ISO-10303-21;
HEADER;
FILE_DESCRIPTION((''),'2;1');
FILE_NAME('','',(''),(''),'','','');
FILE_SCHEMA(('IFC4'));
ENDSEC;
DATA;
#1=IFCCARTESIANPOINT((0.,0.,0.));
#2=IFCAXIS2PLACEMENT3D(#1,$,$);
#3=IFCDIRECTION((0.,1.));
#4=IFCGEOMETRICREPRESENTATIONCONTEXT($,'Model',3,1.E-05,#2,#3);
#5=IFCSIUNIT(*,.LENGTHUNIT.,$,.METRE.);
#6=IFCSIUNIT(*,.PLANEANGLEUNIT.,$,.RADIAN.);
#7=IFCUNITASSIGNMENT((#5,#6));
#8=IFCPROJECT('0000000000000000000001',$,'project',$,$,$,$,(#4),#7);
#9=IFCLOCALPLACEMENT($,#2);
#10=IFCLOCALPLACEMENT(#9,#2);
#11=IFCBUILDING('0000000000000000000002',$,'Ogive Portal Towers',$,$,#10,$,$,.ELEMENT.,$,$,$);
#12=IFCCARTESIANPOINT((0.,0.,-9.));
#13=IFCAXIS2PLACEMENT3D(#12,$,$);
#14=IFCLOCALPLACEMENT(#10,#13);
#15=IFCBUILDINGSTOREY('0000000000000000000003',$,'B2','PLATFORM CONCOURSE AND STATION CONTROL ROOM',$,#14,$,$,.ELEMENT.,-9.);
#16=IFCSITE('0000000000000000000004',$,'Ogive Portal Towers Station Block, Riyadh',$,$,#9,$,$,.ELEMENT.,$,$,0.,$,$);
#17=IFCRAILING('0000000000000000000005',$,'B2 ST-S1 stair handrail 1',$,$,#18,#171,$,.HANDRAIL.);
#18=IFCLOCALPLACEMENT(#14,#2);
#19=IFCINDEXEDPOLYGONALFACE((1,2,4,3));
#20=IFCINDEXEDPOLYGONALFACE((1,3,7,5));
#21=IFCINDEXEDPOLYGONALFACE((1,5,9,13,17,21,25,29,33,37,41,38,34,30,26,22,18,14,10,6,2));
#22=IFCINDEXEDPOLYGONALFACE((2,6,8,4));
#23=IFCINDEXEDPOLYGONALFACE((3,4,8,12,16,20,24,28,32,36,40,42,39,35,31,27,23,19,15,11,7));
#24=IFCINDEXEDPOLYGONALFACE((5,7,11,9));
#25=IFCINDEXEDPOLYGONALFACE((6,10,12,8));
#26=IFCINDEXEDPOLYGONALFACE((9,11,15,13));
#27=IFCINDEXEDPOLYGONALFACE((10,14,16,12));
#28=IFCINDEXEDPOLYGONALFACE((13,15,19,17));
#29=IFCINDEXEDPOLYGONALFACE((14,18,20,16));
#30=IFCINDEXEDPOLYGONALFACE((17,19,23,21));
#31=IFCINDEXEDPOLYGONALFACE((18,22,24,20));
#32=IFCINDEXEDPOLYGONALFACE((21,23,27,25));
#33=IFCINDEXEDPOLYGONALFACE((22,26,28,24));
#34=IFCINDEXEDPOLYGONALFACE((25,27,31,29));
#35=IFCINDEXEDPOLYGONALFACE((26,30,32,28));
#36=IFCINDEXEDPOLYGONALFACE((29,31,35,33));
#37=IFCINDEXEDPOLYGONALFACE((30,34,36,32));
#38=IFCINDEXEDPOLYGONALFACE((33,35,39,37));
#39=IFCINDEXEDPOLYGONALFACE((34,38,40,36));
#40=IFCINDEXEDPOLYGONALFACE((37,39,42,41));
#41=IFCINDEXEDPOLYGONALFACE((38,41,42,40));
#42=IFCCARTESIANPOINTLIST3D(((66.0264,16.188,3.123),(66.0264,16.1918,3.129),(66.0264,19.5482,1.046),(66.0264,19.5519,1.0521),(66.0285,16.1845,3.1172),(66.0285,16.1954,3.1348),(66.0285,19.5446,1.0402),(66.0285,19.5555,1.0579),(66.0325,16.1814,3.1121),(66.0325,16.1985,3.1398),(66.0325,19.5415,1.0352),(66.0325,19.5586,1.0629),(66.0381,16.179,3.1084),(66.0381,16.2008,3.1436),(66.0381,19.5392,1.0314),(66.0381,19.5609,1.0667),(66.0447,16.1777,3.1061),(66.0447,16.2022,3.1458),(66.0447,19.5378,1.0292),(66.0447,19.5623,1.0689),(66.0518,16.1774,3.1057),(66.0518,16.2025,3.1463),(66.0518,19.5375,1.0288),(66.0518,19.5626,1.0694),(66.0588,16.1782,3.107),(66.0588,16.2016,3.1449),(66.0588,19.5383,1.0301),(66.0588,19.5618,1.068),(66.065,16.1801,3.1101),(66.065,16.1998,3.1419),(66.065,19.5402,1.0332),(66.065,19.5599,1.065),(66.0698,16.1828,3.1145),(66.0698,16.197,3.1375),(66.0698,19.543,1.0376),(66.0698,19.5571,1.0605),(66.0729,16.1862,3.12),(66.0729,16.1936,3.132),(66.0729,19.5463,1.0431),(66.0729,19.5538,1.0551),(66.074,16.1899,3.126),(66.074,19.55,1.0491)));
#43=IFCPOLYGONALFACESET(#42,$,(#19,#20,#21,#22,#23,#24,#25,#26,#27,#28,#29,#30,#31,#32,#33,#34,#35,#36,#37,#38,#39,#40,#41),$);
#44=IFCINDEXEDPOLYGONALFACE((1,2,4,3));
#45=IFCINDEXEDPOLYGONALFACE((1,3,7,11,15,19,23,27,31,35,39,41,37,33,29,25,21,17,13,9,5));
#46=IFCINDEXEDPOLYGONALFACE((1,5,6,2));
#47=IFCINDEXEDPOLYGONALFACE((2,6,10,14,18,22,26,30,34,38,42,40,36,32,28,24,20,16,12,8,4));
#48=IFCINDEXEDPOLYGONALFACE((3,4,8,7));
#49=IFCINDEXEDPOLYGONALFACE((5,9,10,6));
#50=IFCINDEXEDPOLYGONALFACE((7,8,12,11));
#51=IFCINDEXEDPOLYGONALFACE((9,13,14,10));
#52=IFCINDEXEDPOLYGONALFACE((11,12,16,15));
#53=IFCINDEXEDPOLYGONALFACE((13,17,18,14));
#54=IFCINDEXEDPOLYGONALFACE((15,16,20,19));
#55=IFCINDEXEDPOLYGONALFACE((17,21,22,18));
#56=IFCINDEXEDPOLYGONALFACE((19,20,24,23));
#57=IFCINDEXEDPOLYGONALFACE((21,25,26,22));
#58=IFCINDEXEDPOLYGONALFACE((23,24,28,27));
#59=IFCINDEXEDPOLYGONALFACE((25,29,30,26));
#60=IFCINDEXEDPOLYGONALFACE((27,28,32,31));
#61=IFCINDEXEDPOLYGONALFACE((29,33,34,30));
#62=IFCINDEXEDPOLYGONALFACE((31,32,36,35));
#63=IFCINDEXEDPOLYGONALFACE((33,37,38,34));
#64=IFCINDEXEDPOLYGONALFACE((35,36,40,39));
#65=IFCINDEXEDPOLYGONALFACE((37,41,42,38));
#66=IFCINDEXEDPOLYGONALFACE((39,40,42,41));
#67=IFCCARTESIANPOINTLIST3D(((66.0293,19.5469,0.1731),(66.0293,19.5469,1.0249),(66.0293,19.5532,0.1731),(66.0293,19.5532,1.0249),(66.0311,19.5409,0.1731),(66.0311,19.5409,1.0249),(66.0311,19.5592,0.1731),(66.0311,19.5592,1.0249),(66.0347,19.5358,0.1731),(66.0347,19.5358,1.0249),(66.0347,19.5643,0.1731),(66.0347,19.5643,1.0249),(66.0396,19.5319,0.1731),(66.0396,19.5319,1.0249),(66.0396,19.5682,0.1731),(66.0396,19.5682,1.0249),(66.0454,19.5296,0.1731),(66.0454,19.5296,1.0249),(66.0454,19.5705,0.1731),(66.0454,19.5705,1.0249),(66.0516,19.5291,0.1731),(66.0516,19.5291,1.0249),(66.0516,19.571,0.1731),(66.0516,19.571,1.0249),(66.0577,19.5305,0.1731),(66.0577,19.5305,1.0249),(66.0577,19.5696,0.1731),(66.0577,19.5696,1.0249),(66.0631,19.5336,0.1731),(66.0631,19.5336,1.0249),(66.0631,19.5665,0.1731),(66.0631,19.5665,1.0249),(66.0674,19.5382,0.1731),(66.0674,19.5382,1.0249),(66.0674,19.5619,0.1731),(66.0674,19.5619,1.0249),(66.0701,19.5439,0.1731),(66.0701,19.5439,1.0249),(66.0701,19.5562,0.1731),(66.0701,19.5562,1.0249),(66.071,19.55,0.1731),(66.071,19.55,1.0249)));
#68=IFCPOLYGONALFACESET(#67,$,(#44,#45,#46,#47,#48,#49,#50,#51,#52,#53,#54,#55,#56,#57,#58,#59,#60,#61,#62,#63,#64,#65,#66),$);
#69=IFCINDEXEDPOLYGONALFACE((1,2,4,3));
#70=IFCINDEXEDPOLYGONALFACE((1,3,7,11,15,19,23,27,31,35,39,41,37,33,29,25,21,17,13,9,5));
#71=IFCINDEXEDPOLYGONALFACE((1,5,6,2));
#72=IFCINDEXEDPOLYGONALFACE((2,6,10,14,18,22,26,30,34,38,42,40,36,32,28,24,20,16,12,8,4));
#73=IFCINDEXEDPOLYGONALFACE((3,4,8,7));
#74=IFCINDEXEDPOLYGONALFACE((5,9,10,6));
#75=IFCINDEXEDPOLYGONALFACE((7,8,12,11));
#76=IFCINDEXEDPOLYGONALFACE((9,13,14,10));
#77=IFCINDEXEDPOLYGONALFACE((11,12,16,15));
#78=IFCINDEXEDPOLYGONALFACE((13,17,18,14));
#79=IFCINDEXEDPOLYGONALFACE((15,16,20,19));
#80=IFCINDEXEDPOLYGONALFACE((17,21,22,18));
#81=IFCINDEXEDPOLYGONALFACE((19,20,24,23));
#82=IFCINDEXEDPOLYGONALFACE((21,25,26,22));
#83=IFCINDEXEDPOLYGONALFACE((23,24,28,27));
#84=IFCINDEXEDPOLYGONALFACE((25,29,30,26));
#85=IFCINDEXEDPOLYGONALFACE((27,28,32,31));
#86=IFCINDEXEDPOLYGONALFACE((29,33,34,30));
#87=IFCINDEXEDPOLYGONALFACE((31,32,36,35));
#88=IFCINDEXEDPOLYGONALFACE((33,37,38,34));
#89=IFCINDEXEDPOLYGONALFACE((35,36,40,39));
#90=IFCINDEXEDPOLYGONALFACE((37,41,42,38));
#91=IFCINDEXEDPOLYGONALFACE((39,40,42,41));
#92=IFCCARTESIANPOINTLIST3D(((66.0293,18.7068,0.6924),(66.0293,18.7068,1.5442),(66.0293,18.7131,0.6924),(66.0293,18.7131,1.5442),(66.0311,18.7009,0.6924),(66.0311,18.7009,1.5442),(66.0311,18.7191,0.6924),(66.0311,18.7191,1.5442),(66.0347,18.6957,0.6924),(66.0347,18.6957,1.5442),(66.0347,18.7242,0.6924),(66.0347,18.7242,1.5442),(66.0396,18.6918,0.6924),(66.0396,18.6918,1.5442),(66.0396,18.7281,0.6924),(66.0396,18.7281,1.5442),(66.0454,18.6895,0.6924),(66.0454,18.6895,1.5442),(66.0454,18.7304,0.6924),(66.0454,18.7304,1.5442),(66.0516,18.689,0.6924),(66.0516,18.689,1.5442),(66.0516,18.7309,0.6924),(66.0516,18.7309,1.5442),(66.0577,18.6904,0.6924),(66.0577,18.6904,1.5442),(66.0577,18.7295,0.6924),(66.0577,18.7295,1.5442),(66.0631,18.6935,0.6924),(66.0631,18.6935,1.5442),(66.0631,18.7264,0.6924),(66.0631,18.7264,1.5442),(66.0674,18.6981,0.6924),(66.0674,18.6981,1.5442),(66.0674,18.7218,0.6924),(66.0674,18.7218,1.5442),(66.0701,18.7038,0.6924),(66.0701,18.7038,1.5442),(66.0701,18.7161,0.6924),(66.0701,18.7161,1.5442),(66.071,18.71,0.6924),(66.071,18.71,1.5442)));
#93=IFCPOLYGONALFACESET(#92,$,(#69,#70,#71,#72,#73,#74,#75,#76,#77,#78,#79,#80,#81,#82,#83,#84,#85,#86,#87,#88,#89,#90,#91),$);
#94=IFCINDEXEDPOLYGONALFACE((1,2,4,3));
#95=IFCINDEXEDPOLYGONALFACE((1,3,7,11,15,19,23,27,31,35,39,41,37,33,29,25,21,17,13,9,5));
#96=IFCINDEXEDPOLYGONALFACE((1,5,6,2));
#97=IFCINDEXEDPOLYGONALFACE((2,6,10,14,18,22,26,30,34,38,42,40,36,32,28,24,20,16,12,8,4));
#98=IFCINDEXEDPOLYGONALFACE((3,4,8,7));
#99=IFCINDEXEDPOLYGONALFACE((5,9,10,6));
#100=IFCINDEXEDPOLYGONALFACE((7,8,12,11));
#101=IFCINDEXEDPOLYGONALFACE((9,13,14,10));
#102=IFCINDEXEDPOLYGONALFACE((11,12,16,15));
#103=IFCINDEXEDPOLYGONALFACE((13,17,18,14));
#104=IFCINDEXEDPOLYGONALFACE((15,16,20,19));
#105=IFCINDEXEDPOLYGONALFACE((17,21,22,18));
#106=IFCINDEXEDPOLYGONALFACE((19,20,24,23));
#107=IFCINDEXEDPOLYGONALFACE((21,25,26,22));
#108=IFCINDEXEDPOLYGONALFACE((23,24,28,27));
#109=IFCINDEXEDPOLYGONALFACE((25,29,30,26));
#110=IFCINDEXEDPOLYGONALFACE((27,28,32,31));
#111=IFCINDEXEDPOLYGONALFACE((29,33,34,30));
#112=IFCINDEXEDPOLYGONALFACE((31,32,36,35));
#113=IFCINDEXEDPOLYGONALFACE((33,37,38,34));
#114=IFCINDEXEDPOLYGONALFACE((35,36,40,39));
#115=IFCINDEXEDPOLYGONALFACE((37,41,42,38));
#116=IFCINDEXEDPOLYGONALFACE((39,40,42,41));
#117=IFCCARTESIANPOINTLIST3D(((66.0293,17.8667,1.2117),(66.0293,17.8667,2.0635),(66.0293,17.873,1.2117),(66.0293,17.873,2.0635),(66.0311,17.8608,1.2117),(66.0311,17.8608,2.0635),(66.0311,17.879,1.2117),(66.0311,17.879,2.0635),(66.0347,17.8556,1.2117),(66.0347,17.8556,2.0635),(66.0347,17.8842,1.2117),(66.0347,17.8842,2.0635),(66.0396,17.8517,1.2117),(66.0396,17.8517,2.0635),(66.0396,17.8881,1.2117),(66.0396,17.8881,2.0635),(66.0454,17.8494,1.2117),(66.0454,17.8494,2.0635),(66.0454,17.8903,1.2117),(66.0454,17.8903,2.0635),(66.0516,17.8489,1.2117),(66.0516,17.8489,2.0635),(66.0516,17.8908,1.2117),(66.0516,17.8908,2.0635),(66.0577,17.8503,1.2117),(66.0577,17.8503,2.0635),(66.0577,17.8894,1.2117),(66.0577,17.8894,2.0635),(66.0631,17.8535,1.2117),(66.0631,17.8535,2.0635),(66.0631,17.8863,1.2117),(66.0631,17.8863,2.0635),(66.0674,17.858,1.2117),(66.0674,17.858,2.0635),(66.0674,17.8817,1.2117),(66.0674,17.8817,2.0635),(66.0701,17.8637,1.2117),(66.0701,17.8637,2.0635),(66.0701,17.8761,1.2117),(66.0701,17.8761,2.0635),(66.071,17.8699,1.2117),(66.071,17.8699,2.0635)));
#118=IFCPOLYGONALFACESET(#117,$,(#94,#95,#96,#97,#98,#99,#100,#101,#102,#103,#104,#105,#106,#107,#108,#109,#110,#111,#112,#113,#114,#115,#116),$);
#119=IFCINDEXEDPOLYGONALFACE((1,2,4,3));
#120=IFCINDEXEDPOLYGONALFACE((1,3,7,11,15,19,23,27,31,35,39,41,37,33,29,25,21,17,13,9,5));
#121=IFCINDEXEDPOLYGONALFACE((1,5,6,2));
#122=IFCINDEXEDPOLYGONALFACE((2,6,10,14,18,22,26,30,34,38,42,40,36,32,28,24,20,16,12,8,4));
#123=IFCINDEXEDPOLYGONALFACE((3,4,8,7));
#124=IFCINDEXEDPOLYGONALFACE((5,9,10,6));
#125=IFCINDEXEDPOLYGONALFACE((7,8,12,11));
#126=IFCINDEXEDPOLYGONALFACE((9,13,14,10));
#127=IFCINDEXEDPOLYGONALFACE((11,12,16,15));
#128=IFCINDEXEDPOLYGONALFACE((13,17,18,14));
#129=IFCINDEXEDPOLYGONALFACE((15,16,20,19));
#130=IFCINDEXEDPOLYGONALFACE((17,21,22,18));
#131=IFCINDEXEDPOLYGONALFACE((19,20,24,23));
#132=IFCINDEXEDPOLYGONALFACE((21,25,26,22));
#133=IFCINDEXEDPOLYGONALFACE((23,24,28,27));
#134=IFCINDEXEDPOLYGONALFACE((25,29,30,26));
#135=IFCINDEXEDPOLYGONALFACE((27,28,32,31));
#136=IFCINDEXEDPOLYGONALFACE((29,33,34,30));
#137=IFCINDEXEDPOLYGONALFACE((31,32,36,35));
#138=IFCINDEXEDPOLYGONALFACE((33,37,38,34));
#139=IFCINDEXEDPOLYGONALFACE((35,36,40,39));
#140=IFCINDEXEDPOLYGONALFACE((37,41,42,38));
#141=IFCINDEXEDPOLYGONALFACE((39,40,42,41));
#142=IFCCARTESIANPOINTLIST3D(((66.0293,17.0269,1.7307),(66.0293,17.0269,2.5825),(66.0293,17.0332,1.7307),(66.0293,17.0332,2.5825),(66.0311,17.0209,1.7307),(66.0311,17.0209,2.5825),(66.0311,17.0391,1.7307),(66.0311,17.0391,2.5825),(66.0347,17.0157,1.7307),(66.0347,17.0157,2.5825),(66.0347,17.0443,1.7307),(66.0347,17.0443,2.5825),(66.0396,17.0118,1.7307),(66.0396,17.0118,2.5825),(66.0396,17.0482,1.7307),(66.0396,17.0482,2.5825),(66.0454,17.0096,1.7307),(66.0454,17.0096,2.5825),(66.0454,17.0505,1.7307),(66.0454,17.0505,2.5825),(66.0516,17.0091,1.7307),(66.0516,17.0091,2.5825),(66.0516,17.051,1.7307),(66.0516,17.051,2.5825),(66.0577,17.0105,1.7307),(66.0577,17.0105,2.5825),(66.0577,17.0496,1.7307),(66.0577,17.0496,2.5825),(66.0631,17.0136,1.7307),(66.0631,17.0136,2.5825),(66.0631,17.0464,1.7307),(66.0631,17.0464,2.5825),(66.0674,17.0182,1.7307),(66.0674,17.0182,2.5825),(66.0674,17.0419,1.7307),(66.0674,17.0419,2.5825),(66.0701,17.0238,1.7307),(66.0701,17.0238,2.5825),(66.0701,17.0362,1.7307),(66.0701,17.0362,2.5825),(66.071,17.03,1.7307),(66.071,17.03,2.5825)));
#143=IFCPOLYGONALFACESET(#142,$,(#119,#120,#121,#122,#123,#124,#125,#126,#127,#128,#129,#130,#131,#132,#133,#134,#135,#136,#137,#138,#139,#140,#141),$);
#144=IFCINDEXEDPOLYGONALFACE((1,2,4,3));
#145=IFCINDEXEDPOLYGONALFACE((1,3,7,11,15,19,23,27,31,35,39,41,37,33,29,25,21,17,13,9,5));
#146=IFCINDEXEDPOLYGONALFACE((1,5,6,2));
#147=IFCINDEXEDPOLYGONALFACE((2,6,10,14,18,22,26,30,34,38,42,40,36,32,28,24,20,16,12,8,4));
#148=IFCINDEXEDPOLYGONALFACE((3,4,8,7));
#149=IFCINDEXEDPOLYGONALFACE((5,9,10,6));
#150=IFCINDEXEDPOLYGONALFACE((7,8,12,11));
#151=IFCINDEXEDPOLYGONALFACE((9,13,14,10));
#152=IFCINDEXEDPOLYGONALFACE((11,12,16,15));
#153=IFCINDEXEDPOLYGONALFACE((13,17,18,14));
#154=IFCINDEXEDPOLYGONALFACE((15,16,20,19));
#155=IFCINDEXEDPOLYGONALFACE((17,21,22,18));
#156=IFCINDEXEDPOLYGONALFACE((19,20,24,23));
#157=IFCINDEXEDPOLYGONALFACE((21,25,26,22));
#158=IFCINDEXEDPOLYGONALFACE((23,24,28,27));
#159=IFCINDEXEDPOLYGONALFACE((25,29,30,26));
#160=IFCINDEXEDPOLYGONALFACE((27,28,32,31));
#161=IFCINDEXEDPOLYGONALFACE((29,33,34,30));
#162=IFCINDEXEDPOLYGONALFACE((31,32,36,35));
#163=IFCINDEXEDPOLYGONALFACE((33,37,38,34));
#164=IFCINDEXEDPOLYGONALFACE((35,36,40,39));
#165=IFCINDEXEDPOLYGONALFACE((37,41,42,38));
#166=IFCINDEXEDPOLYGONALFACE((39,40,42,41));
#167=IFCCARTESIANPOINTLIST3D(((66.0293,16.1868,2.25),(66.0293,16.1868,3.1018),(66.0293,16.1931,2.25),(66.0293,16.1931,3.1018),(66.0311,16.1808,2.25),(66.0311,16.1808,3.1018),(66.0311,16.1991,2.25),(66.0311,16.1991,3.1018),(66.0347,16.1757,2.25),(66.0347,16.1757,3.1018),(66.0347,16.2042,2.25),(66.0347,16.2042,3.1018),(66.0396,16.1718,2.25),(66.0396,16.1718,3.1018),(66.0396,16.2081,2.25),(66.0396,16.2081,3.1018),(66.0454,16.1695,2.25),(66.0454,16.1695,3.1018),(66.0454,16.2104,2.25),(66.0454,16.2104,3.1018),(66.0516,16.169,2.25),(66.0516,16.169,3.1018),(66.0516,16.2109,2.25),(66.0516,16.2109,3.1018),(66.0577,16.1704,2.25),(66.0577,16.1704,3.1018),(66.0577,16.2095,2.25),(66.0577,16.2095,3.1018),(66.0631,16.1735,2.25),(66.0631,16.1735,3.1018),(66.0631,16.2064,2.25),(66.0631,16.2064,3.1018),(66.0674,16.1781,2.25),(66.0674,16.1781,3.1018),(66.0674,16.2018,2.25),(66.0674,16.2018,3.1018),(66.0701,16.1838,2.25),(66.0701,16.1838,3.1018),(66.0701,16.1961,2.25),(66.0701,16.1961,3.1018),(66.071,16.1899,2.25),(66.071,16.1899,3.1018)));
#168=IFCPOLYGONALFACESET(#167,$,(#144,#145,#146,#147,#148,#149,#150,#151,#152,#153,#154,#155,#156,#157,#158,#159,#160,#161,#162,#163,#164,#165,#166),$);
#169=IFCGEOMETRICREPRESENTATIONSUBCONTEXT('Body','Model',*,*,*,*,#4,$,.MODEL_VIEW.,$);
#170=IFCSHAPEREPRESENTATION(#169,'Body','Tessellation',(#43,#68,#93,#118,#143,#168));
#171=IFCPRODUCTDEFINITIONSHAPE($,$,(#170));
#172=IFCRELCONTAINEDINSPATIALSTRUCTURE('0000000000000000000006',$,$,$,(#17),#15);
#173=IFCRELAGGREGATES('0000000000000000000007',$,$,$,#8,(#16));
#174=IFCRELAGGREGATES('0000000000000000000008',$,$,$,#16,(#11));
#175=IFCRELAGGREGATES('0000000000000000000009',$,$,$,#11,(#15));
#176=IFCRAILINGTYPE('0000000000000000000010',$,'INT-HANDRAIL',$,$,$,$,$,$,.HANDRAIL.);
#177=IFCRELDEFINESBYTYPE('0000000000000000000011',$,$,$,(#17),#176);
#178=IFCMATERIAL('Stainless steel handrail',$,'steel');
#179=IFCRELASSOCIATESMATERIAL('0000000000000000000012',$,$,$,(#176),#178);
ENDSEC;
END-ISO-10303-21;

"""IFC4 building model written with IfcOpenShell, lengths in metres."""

from ifc_helpers import new_model, si_unit, direction, frame, origin, origin_2d, place, context, subcontext, project, spatial, circle, extrude, material, type_object, element, save


model = new_model("IFC4")

# Units and contexts
model_context = context("Model", 3, precision=1e-05, world=origin(), true_north=direction((0.0, 1.0)))
body_context = subcontext(model_context, "Body", "Model", "MODEL_VIEW")
ifc_project = project(units=[si_unit("LENGTHUNIT", "METRE"), si_unit("PLANEANGLEUNIT", "RADIAN")], contexts=[model_context])

# Site, building, storey
site_placement = place(None, origin())
site = spatial("IfcSite", under=ifc_project, at=site_placement, Name="Ogive Portal Towers Station Block, Riyadh", CompositionType="ELEMENT", RefElevation=0.0)
building_placement = place(site_placement, origin())
building = spatial("IfcBuilding", under=site, at=building_placement, Name="Ogive Portal Towers", CompositionType="ELEMENT")
storey_placement = place(building_placement, frame((0.0, 0.0, -9.0)))
storey = spatial("IfcBuildingStorey", under=building, at=storey_placement, Name="B2", Description="PLATFORM CONCOURSE AND STATION CONTROL ROOM", CompositionType="ELEMENT", Elevation=-9.0)

# Railing
ifc_material_1 = material(Name="Stainless steel handrail", Category="steel")
railing_type_1 = type_object("IfcRailingType", Name="INT-HANDRAIL", PredefinedType="HANDRAIL", material=ifc_material_1)
railing_1_placement = place(storey_placement, frame((66.05, 19.55, 0.1731)))
element("IfcRailing", 1, at=railing_1_placement, inside=storey, type_object=railing_type_1, Name="B2 ST-S1 stair handrail 1", PredefinedType="HANDRAIL", context=body_context, shape_type="SweptSolid", body=[
    extrude(circle(Radius=0.0239, at=origin_2d()), frame((0.0, 0.0, 0.876), z_axis=(0.0, -0.850623, 0.525776), x_axis=(1.0, 0.0, 0.0)), (0.0, 0.0, 1.0), 3.9502),
    extrude(circle(Radius=0.021, at=origin_2d()), origin(), (0.0, 0.0, 1.0), 0.8518),
    extrude(circle(Radius=0.021, at=origin_2d()), frame((0.0, -0.8401, 0.5193)), (0.0, 0.0, 1.0), 0.8518),
    extrude(circle(Radius=0.021, at=origin_2d()), frame((0.0, -1.6802, 1.0386)), (0.0, 0.0, 1.0), 0.8518),
    extrude(circle(Radius=0.021, at=origin_2d()), frame((0.0, -2.52, 1.5576)), (0.0, 0.0, 1.0), 0.8518),
    extrude(circle(Radius=0.021, at=origin_2d()), frame((0.0, -3.3601, 2.0769)), (0.0, 0.0, 1.0), 0.8518),
])

save(model, "model.ifc")
